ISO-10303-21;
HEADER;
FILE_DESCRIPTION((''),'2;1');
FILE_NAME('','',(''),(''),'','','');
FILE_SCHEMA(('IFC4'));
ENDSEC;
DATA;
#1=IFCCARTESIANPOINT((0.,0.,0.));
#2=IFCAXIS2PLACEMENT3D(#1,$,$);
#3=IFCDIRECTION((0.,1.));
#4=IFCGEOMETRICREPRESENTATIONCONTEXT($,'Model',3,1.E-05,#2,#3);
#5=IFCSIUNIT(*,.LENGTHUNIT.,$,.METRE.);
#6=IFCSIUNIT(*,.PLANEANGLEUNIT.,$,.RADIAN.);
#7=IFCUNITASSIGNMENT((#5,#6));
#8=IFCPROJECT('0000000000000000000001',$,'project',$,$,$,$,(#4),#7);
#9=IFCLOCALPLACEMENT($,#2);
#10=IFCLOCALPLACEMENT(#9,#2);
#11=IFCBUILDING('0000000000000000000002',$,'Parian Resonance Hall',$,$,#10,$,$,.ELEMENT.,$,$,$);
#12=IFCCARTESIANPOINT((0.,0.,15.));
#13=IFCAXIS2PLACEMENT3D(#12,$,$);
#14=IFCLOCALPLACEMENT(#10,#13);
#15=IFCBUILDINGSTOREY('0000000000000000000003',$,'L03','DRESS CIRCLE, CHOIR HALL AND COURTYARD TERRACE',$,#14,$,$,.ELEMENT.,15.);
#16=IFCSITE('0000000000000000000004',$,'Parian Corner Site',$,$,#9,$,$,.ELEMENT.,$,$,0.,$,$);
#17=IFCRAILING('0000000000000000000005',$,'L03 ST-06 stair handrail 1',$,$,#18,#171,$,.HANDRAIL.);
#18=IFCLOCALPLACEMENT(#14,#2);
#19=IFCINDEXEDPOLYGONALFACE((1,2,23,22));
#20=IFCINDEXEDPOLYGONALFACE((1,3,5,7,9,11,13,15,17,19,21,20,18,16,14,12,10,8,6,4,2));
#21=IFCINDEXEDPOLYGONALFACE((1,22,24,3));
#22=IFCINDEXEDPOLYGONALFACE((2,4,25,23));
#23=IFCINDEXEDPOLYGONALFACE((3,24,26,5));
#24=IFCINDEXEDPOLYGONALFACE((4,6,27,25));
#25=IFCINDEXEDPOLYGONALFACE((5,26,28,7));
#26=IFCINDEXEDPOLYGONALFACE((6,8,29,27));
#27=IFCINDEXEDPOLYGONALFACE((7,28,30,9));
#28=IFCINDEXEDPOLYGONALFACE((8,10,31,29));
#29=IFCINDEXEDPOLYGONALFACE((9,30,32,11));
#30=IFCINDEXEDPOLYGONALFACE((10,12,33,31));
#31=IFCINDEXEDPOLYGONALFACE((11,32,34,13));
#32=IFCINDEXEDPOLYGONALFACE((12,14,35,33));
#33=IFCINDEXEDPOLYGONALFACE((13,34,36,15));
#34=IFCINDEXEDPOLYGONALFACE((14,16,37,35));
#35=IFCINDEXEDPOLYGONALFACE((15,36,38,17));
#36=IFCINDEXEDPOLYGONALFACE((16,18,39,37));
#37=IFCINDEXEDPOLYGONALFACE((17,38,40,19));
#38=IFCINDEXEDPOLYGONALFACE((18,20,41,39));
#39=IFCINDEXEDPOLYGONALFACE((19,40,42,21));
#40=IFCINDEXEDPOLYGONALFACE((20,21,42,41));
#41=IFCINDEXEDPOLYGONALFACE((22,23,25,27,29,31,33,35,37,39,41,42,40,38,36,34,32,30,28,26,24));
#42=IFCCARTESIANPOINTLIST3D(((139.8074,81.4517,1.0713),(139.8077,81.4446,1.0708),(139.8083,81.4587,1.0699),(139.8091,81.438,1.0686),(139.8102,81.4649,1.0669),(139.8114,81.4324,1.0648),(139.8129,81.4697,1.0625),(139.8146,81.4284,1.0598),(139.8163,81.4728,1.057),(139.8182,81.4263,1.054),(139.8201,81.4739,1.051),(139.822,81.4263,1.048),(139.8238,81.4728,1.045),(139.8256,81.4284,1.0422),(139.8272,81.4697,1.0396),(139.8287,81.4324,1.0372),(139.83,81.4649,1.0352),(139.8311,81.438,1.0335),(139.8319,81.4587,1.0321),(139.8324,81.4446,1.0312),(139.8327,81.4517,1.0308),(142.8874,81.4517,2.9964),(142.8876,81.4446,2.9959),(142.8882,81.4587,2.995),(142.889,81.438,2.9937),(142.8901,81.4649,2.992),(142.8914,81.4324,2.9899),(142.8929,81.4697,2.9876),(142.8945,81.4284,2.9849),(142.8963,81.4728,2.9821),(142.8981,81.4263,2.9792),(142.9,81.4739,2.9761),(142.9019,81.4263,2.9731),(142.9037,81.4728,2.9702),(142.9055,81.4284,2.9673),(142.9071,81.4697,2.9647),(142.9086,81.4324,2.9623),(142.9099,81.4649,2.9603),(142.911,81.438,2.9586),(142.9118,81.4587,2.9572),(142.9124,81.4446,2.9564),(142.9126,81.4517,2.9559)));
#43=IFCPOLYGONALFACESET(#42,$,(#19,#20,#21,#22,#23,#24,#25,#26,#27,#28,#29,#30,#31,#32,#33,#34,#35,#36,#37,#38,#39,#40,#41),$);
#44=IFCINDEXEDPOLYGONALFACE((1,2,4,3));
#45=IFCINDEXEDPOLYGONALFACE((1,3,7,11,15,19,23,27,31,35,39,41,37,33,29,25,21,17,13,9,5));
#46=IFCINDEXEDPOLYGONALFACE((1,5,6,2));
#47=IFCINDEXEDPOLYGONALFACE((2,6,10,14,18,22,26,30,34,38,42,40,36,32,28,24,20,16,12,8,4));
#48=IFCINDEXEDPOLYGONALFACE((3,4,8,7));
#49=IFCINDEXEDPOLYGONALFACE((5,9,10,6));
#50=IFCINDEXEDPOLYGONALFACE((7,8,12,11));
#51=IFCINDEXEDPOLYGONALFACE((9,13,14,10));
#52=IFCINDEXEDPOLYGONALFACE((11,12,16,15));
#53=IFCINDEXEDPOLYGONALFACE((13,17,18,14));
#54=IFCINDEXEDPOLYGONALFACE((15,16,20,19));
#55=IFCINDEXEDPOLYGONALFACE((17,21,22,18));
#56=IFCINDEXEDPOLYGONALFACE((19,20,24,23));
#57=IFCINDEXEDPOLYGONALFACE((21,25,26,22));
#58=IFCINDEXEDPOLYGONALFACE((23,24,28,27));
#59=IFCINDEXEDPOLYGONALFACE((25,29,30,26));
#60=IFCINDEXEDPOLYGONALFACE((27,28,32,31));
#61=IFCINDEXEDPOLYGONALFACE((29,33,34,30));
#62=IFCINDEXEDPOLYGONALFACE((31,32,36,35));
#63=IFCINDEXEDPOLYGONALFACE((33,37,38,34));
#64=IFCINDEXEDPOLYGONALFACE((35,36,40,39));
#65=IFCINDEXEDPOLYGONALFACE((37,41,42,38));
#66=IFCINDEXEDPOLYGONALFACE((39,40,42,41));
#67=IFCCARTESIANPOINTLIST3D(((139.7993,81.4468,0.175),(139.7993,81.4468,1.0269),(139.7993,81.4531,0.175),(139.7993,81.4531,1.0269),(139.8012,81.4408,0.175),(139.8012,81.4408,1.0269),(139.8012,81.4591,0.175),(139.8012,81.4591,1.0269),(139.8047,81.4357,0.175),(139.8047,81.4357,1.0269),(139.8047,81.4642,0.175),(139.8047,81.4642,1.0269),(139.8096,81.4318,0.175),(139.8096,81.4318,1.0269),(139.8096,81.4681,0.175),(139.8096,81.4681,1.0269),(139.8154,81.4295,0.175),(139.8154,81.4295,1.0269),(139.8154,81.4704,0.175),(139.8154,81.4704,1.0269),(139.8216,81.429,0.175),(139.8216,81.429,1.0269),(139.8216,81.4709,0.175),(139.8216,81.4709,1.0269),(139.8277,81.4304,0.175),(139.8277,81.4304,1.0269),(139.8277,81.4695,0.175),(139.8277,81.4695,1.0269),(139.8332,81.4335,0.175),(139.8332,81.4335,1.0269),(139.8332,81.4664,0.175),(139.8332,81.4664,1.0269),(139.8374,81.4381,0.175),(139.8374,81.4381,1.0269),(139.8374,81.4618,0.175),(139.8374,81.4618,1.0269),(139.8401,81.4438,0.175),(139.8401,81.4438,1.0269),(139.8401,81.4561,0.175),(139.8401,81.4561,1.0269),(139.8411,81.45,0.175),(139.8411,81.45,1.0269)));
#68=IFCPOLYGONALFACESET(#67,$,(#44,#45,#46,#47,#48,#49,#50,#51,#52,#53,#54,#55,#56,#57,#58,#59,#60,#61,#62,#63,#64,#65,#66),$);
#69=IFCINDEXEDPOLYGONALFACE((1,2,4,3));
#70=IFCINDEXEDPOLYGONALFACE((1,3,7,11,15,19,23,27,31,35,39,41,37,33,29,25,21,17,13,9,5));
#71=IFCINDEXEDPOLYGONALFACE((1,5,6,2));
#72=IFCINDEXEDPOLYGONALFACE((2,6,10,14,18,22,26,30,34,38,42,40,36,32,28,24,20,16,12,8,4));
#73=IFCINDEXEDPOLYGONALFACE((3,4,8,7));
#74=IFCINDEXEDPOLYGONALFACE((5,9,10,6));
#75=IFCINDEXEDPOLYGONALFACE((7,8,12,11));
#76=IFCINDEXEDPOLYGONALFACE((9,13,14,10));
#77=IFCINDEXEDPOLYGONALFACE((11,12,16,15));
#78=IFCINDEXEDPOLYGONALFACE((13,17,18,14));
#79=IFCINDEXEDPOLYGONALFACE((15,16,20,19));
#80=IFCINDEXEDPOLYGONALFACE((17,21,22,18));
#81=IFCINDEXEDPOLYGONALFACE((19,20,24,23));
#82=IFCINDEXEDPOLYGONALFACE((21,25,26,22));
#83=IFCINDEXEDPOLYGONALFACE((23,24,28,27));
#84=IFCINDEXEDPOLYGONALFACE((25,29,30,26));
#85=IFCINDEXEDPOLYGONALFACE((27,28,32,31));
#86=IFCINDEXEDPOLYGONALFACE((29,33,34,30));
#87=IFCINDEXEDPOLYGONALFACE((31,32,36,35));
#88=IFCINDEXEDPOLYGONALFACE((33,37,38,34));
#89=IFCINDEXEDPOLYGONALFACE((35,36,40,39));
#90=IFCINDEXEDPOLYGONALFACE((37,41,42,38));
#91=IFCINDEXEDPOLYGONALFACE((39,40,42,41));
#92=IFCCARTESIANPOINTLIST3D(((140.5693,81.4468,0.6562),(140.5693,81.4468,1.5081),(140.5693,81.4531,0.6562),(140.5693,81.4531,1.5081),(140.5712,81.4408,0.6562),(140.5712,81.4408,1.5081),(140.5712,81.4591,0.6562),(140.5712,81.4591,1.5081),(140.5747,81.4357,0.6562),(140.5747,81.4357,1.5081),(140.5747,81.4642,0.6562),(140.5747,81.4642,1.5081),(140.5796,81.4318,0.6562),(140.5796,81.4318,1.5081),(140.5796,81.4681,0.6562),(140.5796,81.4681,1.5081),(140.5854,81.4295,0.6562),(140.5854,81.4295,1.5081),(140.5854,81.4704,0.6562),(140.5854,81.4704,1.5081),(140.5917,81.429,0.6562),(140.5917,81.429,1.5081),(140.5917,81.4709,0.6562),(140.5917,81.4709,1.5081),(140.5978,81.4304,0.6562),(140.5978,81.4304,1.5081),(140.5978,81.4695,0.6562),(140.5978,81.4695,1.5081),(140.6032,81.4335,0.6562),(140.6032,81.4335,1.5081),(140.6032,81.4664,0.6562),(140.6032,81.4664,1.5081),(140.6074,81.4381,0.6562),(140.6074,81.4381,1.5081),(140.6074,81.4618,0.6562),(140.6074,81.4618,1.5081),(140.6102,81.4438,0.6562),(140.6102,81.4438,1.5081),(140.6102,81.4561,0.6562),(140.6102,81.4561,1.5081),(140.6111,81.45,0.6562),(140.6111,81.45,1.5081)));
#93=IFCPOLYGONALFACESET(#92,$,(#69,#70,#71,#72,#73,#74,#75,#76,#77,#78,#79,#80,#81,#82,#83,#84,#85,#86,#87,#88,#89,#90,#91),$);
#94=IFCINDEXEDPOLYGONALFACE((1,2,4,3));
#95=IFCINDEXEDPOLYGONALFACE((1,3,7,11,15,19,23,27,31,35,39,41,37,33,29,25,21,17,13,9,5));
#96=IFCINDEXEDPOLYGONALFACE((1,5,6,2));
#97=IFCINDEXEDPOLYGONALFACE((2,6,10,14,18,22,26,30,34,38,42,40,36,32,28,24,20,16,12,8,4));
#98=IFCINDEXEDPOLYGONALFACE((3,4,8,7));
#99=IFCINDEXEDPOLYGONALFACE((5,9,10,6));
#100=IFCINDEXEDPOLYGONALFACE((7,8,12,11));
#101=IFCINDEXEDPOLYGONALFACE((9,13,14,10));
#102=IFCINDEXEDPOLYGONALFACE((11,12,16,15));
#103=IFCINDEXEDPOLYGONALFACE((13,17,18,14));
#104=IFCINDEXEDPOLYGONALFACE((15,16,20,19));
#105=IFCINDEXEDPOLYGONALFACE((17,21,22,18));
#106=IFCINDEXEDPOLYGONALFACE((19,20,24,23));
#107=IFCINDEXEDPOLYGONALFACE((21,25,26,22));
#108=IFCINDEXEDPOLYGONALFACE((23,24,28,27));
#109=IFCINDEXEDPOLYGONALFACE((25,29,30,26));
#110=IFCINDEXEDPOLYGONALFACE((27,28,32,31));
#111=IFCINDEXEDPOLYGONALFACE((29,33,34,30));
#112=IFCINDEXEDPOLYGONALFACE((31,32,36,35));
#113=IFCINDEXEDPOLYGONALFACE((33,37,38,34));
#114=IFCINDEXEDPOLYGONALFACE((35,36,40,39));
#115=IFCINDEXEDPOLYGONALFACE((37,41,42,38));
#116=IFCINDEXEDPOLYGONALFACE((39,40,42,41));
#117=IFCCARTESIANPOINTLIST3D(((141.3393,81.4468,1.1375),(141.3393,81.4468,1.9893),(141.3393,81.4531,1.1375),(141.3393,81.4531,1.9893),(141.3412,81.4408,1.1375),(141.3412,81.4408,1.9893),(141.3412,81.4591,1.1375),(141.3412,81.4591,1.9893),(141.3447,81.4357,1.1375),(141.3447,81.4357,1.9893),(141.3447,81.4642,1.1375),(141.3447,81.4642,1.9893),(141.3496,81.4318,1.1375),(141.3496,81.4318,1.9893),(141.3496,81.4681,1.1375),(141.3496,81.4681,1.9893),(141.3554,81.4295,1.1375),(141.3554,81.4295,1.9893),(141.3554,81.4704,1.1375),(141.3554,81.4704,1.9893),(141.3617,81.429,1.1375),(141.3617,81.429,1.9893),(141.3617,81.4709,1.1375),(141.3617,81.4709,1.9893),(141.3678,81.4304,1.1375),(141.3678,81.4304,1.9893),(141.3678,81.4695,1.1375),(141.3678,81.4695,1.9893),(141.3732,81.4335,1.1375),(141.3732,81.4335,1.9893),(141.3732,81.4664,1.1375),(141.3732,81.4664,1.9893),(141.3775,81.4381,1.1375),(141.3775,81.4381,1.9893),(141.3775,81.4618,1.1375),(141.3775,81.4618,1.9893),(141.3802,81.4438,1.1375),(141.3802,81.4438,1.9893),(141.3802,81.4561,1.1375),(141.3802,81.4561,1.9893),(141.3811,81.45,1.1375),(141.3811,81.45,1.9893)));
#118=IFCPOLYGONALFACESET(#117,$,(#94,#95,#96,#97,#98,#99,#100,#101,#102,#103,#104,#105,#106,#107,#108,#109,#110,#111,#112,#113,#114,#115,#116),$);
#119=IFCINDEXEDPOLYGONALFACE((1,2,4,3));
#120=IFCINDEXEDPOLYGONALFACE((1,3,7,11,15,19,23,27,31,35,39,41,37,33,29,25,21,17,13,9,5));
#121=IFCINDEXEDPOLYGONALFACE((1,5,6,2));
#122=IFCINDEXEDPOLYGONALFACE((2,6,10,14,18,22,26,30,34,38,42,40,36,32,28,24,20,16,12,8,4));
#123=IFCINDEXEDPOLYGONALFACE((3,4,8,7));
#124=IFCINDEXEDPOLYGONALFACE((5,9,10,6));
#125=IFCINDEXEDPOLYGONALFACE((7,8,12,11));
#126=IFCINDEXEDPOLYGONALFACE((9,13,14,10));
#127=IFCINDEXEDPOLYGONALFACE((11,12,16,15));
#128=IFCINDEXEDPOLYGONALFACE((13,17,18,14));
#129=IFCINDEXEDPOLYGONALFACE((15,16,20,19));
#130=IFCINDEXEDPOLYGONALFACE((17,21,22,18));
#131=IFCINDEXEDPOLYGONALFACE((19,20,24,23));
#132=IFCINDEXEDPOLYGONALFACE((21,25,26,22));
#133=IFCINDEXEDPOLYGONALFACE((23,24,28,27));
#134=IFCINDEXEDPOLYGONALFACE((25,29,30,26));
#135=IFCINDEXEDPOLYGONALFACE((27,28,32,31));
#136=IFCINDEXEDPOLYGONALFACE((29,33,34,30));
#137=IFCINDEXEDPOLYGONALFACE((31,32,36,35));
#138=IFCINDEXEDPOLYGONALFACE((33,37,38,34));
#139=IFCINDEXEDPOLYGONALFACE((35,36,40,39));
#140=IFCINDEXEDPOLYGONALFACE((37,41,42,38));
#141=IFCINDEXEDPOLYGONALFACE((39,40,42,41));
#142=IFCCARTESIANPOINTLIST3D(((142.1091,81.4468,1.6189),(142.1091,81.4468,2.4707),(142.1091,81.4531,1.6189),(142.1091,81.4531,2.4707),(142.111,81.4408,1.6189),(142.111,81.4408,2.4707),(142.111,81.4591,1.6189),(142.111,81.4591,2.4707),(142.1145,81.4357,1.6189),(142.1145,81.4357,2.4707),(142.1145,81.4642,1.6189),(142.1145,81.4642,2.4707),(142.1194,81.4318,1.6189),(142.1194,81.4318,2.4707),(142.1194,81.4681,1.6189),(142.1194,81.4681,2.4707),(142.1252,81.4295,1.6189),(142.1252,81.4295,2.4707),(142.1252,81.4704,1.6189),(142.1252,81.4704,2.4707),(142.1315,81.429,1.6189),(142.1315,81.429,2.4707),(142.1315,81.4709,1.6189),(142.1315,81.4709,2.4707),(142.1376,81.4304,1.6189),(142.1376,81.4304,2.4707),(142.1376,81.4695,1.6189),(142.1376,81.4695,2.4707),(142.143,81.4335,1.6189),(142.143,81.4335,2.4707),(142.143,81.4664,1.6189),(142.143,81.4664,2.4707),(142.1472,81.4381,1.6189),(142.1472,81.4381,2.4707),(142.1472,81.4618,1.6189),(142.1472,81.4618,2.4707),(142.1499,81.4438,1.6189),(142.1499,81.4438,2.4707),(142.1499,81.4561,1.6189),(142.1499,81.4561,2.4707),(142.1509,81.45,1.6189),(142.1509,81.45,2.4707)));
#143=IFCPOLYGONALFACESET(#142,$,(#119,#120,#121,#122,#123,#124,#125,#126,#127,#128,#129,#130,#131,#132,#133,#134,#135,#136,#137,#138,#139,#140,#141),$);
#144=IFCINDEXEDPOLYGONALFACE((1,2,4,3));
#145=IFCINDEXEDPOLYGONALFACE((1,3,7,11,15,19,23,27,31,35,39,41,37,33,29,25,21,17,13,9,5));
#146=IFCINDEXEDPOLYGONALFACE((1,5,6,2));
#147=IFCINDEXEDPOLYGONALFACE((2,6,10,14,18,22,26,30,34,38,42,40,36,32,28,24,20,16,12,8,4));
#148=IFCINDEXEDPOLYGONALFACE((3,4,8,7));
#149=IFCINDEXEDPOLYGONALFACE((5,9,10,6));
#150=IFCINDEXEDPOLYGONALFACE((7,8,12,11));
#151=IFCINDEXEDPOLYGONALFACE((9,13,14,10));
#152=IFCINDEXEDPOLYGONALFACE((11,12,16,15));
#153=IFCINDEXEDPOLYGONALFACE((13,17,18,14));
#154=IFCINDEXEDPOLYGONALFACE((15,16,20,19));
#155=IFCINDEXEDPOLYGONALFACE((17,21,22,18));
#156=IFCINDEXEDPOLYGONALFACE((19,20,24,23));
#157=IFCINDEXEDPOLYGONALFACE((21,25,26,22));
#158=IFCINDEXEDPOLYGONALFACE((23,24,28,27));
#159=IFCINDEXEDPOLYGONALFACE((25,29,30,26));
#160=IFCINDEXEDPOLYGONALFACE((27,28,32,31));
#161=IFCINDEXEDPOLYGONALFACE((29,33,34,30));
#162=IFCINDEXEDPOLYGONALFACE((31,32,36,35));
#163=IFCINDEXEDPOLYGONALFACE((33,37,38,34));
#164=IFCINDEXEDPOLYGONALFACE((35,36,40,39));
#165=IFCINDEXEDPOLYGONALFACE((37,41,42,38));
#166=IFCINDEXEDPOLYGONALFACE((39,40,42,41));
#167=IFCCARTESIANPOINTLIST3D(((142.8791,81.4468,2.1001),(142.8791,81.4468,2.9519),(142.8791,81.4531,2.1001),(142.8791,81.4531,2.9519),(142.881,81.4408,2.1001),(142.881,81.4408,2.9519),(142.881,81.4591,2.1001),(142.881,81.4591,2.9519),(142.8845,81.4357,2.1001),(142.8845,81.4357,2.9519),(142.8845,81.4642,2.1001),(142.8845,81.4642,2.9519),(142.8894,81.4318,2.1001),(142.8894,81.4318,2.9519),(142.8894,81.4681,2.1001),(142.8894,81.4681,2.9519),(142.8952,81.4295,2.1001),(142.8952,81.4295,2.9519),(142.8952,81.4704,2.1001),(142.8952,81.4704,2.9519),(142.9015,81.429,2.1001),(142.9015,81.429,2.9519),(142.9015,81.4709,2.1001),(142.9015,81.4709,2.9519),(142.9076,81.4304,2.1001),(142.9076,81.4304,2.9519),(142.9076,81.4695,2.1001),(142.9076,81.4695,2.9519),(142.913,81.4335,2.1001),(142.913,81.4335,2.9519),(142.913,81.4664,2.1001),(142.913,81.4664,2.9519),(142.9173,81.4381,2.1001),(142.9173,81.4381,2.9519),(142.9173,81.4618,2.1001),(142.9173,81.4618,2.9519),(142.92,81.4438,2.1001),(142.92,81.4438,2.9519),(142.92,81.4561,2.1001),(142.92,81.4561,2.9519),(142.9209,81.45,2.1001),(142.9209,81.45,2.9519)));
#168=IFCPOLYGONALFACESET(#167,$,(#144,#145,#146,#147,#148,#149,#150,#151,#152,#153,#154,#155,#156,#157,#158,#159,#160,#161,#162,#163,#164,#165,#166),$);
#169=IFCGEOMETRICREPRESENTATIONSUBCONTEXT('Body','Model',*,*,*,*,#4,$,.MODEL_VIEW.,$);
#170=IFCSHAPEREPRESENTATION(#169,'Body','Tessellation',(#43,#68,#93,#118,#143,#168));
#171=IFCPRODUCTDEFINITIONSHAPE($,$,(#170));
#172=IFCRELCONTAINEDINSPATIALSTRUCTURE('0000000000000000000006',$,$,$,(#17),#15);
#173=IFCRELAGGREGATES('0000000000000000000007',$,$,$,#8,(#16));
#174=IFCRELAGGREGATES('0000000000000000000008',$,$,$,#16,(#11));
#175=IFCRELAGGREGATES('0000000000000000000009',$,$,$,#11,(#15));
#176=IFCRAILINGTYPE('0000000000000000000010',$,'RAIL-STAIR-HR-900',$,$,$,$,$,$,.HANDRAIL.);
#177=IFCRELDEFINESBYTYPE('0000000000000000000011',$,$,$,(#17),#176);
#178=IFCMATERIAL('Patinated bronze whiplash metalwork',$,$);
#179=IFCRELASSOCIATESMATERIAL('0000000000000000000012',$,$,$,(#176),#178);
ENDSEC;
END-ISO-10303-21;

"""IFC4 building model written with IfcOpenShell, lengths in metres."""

from ifc_helpers import new_model, si_unit, direction, frame, origin, origin_2d, place, context, subcontext, project, spatial, circle, extrude, material, type_object, element, save


model = new_model("IFC4")

# Units and contexts
model_context = context("Model", 3, precision=1e-05, world=origin(), true_north=direction((0.0, 1.0)))
body_context = subcontext(model_context, "Body", "Model", "MODEL_VIEW")
ifc_project = project(units=[si_unit("LENGTHUNIT", "METRE"), si_unit("PLANEANGLEUNIT", "RADIAN")], contexts=[model_context])

# Site, building, storey
site_placement = place(None, origin())
site = spatial("IfcSite", under=ifc_project, at=site_placement, Name="Parian Corner Site", CompositionType="ELEMENT", RefElevation=0.0)
building_placement = place(site_placement, origin())
building = spatial("IfcBuilding", under=site, at=building_placement, Name="Parian Resonance Hall", CompositionType="ELEMENT")
storey_placement = place(building_placement, frame((0.0, 0.0, 15.0)))
storey = spatial("IfcBuildingStorey", under=building, at=storey_placement, Name="L03", Description="DRESS CIRCLE, CHOIR HALL AND COURTYARD TERRACE", CompositionType="ELEMENT", Elevation=15.0)

# Railing
ifc_material_1 = material(Name="Patinated bronze whiplash metalwork")
railing_type_1 = type_object("IfcRailingType", Name="RAIL-STAIR-HR-900", PredefinedType="HANDRAIL", material=ifc_material_1)
railing_1_placement = place(storey_placement, frame((139.8201, 81.45, 0.175)))
element("IfcRailing", 1, at=railing_1_placement, inside=storey, type_object=railing_type_1, Name="L03 ST-06 stair handrail 1", PredefinedType="HANDRAIL", context=body_context, shape_type="SweptSolid", body=[
    extrude(circle(Radius=0.0239, at=origin_2d()), frame((0.0, 0.0, 0.876), z_axis=(0.847979, 0.0, 0.530029), x_axis=(0.0, 1.0, 0.0)), (0.0, 0.0, 1.0), 3.6321),
    extrude(circle(Radius=0.021, at=origin_2d()), origin(), (0.0, 0.0, 1.0), 0.8518),
    extrude(circle(Radius=0.021, at=origin_2d()), frame((0.77, 0.0, 0.4812)), (0.0, 0.0, 1.0), 0.8518),
    extrude(circle(Radius=0.021, at=origin_2d()), frame((1.54, 0.0, 0.9624)), (0.0, 0.0, 1.0), 0.8518),
    extrude(circle(Radius=0.021, at=origin_2d()), frame((2.3098, 0.0, 1.4438)), (0.0, 0.0, 1.0), 0.8518),
    extrude(circle(Radius=0.021, at=origin_2d()), frame((3.0798, 0.0, 1.925)), (0.0, 0.0, 1.0), 0.8518),
])

save(model, "model.ifc")
